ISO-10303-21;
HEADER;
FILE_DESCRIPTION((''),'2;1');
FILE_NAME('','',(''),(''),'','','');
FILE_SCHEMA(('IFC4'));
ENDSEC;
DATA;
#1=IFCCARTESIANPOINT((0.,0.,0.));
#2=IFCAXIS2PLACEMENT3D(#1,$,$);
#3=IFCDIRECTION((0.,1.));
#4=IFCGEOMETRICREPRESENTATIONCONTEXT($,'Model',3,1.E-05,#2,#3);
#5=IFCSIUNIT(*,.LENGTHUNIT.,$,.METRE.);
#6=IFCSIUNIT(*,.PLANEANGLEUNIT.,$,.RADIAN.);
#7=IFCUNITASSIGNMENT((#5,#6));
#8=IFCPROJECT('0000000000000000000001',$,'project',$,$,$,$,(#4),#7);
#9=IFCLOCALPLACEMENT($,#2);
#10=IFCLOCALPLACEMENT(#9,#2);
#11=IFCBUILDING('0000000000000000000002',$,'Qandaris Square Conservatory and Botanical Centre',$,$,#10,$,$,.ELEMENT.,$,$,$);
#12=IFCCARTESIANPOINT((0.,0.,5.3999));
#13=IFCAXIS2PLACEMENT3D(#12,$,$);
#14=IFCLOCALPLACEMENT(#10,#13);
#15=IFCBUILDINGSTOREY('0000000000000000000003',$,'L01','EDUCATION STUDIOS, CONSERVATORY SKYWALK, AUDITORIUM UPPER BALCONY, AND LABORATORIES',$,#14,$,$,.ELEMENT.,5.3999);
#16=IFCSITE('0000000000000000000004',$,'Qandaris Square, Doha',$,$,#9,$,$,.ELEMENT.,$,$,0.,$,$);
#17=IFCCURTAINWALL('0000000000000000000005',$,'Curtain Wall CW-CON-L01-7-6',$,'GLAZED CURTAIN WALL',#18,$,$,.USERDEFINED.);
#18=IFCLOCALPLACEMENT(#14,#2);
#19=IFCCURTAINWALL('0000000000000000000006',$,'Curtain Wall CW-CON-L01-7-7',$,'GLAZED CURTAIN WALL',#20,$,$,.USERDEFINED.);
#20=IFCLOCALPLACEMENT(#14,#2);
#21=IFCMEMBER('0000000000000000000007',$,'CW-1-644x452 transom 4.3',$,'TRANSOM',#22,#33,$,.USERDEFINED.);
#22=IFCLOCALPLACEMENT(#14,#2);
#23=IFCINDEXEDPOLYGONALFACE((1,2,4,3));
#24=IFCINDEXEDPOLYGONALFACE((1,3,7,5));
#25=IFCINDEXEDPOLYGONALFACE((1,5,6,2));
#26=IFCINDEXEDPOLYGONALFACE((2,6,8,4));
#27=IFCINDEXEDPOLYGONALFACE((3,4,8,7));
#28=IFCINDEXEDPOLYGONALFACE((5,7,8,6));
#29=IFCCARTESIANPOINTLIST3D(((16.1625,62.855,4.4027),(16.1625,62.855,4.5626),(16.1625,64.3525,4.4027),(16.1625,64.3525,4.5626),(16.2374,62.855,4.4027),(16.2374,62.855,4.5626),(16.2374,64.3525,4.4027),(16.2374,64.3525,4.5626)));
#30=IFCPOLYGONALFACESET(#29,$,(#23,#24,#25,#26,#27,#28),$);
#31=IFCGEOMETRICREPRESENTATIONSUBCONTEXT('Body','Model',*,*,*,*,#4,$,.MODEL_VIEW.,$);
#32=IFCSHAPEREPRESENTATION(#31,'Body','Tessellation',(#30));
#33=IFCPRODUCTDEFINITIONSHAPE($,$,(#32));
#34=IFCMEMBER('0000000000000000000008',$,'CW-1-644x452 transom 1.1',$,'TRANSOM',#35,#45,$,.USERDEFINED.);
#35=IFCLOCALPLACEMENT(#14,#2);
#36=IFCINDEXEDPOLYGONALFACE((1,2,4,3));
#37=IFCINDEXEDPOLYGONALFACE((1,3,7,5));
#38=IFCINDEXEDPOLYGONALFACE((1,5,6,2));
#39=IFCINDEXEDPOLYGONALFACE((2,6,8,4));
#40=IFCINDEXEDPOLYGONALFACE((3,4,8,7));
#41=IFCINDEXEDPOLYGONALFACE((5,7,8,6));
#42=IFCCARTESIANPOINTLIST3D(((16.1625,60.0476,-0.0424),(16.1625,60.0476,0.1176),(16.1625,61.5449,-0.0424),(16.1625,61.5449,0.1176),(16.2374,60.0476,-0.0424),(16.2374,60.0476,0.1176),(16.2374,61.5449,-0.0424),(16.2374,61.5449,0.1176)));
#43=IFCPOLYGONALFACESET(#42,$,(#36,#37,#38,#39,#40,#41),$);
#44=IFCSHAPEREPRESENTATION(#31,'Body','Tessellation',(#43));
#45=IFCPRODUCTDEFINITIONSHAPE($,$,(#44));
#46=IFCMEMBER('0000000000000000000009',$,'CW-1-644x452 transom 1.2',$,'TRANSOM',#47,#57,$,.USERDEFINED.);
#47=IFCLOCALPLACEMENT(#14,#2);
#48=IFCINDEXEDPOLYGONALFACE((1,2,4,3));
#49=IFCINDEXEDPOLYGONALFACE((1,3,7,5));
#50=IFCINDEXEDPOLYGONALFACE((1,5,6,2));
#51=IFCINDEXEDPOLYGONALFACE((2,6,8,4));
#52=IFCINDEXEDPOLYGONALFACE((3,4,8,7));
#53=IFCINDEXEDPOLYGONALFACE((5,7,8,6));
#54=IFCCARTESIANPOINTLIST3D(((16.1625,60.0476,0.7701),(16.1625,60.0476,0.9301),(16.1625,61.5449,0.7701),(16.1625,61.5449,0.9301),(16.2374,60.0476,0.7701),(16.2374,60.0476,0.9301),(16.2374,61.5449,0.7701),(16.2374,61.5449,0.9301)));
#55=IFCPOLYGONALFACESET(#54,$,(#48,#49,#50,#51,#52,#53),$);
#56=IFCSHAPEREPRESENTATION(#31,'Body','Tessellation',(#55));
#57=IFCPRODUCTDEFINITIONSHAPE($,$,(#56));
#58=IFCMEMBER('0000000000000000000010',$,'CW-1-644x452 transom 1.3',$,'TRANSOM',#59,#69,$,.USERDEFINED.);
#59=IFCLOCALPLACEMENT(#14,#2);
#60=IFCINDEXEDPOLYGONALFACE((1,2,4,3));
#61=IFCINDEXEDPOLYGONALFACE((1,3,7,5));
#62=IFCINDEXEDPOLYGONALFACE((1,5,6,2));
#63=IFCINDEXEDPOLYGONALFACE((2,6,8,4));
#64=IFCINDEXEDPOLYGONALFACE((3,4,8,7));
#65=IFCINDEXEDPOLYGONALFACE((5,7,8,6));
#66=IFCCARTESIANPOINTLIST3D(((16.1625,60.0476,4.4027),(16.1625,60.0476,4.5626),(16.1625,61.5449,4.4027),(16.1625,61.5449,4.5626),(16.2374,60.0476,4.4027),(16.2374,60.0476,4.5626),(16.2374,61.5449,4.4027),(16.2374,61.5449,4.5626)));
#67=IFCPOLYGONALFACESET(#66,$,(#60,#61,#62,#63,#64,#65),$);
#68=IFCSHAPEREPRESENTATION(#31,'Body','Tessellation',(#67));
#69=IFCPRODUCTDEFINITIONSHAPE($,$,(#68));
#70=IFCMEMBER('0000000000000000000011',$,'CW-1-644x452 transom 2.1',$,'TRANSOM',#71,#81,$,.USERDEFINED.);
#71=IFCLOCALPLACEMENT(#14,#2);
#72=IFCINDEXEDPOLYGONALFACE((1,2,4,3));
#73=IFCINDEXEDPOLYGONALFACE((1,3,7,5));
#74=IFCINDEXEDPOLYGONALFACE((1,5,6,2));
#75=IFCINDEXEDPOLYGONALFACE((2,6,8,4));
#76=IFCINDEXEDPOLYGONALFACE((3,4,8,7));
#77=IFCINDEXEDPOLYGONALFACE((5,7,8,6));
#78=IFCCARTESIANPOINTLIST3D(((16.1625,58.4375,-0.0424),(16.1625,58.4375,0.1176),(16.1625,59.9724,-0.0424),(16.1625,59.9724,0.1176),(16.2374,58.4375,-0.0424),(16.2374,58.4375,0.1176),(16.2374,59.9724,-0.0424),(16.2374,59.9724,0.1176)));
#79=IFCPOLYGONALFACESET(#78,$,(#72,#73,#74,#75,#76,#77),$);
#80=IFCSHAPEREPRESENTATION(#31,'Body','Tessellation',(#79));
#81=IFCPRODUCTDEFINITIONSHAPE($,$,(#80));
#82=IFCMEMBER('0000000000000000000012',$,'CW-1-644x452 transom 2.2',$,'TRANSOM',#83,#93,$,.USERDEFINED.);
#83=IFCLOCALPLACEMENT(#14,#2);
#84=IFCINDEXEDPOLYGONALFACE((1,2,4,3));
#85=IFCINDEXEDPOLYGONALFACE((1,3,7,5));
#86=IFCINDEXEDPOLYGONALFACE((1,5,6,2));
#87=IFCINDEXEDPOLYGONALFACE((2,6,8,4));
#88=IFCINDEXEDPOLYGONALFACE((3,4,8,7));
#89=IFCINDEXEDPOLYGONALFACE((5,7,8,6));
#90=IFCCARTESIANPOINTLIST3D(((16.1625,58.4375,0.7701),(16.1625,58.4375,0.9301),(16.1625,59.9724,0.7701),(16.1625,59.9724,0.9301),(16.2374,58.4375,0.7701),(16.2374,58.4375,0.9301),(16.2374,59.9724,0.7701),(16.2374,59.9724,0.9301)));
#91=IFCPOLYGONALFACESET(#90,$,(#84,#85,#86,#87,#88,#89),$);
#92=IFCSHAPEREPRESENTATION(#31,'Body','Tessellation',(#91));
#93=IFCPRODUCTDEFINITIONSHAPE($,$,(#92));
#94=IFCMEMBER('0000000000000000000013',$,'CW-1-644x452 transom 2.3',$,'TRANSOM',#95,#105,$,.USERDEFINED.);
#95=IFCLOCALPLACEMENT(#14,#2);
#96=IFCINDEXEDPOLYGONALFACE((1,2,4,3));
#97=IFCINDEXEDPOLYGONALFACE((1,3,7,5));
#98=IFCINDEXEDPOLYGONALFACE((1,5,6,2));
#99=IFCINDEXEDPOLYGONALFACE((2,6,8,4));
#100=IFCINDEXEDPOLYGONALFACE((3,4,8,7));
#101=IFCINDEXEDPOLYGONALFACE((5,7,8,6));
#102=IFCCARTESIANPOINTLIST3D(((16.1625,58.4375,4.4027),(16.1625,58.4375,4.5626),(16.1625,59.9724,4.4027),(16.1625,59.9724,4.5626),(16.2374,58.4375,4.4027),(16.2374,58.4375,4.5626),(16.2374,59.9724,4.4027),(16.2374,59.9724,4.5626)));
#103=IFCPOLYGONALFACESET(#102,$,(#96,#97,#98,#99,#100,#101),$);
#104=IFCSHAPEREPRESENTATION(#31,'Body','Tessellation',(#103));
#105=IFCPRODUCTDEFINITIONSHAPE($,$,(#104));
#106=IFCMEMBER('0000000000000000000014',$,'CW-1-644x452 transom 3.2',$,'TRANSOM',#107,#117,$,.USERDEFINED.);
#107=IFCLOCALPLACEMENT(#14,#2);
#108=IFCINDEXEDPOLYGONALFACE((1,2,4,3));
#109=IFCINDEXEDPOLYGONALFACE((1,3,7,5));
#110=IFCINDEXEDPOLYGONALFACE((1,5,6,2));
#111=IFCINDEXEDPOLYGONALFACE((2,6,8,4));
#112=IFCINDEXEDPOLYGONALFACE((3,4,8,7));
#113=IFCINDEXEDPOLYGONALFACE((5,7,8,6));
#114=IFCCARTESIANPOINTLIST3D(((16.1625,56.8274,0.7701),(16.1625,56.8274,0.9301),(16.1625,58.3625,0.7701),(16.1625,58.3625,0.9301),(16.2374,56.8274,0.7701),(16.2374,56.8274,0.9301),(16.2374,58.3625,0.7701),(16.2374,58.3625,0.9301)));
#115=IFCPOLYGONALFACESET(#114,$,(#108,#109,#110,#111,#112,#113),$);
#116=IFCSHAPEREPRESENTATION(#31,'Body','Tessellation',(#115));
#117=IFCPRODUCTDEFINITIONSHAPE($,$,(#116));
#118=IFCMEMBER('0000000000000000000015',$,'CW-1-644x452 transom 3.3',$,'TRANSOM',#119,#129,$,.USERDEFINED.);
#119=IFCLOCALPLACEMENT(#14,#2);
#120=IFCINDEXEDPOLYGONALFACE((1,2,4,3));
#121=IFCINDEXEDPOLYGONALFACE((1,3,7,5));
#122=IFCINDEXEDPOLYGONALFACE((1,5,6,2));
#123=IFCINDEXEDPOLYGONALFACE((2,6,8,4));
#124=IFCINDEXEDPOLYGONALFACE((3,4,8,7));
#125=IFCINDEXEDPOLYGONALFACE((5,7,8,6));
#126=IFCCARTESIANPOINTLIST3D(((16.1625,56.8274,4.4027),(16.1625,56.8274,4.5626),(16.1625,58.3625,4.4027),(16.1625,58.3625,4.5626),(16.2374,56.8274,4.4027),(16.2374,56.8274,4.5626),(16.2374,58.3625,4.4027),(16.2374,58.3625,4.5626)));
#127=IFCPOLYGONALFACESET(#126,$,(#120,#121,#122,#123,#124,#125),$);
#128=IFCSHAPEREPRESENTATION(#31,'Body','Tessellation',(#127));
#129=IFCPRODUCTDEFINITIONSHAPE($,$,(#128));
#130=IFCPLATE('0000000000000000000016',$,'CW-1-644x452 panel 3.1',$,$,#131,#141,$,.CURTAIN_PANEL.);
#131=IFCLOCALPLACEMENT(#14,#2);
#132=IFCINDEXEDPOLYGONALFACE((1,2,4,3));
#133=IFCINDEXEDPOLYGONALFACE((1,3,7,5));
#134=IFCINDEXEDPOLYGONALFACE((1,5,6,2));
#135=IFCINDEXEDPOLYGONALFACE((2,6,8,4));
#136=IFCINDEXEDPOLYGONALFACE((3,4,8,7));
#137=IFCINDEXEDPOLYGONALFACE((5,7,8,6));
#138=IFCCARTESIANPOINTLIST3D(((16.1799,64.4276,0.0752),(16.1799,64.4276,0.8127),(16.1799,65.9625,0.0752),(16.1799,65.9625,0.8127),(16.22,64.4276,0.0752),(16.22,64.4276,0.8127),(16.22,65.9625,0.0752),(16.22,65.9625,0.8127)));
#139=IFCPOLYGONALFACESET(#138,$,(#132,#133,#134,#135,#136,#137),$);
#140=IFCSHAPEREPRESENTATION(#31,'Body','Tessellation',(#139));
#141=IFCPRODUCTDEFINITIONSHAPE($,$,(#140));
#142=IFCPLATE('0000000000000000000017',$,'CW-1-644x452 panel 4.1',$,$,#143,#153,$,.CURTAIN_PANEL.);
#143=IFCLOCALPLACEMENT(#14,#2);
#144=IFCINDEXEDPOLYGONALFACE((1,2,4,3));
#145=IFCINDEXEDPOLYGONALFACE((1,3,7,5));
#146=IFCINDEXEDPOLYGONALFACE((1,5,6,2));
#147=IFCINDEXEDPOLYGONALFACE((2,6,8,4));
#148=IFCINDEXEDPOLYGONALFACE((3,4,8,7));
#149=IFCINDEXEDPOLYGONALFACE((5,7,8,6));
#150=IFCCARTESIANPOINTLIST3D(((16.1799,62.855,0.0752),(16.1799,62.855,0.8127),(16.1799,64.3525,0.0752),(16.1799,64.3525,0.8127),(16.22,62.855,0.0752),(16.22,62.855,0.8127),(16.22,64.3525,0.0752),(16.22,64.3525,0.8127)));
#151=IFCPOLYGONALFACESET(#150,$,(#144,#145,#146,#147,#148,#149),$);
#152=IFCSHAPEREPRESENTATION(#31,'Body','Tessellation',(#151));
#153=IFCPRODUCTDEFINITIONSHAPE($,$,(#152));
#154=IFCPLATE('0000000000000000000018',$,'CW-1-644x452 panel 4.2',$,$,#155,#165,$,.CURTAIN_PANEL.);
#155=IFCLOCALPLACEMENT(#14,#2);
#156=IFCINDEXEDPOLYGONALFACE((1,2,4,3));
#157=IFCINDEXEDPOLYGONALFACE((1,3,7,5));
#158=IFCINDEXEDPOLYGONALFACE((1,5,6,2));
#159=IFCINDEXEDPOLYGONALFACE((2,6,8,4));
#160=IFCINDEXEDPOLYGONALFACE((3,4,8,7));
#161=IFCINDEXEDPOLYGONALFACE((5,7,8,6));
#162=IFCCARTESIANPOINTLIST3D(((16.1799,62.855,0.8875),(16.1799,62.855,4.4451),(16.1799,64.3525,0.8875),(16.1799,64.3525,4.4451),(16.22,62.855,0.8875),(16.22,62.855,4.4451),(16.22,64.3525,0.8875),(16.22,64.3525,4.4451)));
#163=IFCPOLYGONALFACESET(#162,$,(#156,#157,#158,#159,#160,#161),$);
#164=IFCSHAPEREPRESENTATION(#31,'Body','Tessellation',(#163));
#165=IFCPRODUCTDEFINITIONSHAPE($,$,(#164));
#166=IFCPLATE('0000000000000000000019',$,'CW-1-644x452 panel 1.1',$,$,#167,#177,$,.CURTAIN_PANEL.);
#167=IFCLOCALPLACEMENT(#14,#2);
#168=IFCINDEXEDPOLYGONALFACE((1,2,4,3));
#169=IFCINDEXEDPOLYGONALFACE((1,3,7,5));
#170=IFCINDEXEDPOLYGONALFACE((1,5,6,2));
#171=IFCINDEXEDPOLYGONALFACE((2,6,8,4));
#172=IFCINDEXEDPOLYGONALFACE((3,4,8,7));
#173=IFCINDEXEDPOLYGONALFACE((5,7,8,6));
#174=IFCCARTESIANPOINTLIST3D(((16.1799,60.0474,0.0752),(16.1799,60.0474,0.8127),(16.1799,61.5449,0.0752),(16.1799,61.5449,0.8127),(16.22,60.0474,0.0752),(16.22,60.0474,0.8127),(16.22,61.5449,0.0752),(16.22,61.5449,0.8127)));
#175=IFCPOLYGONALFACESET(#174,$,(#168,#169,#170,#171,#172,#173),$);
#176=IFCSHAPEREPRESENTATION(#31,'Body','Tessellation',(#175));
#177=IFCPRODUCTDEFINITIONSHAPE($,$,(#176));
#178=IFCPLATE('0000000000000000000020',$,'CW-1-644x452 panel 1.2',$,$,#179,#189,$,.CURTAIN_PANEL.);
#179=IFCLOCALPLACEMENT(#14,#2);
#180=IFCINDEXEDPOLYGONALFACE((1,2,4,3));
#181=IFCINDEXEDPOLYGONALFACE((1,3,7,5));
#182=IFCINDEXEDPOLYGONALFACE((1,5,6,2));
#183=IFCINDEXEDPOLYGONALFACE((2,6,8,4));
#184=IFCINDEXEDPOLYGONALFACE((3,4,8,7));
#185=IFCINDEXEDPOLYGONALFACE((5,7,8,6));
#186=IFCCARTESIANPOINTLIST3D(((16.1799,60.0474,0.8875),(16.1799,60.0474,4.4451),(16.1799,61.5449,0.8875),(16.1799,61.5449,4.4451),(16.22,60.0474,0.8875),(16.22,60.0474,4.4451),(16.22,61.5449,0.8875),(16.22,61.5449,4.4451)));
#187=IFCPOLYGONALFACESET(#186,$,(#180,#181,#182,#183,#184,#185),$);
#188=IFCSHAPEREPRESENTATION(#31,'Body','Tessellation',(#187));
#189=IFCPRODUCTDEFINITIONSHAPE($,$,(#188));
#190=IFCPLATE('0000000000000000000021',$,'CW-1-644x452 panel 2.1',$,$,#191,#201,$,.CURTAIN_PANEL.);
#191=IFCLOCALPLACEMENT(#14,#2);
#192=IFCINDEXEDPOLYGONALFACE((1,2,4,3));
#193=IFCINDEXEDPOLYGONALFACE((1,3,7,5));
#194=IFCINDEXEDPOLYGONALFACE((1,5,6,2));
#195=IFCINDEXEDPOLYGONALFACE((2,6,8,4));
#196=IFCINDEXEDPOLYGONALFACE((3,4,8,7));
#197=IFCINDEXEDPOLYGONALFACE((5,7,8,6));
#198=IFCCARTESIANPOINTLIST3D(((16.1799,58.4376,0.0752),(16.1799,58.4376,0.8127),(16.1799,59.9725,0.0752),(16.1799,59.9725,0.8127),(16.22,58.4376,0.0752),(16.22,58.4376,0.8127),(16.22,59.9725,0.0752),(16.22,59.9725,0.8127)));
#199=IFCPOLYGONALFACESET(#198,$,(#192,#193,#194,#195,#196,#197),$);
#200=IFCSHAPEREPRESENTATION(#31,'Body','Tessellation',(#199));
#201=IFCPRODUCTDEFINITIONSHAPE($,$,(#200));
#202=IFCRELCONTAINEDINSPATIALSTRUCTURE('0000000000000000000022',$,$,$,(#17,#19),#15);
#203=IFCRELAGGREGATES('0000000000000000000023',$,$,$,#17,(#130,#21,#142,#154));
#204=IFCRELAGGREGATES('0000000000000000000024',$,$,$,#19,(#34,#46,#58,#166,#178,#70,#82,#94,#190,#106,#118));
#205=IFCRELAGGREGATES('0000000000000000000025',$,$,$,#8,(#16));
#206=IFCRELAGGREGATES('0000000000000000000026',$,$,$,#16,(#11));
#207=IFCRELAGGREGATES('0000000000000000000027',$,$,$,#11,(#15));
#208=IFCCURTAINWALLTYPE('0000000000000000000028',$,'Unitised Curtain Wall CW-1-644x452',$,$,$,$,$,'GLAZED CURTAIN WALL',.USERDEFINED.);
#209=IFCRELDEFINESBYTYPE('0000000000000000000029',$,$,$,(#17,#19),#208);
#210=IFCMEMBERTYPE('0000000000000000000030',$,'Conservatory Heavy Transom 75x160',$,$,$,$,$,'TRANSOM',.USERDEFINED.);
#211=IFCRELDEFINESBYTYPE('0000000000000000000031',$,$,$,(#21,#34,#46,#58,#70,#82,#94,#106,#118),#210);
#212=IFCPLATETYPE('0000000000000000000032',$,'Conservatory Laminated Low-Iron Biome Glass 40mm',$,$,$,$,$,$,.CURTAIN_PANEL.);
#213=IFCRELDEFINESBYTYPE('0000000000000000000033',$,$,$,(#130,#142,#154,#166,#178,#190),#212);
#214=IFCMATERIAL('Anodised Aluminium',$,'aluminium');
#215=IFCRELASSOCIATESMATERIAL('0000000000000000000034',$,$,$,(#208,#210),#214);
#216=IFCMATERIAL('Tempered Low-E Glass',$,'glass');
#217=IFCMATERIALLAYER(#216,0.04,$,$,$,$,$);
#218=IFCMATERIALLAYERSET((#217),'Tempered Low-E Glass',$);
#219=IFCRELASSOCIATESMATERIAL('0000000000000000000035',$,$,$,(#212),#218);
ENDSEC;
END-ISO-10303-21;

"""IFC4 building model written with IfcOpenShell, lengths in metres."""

from ifc_helpers import new_model, si_unit, direction, frame, origin, origin_2d, place, context, subcontext, project, spatial, rectangle, extrude, material, layer, layer_set, material_profile, profile_set, type_object, element, aggregate, save


model = new_model("IFC4")

# Units and contexts
model_context = context("Model", 3, precision=1e-05, world=origin(), true_north=direction((0.0, 1.0)))
body_context = subcontext(model_context, "Body", "Model", "MODEL_VIEW")
ifc_project = project(units=[si_unit("LENGTHUNIT", "METRE"), si_unit("PLANEANGLEUNIT", "RADIAN")], contexts=[model_context])

# Site, building, storey
site_placement = place(None, origin())
site = spatial("IfcSite", under=ifc_project, at=site_placement, Name="Qandaris Square, Doha", CompositionType="ELEMENT", RefElevation=0.0)
building_placement = place(site_placement, origin())
building = spatial("IfcBuilding", under=site, at=building_placement, Name="Qandaris Square Conservatory and Botanical Centre", CompositionType="ELEMENT")
storey_placement = place(building_placement, frame((0.0, 0.0, 5.3999)))
storey = spatial("IfcBuildingStorey", under=building, at=storey_placement, Name="L01", Description="EDUCATION STUDIOS, CONSERVATORY SKYWALK, AUDITORIUM UPPER BALCONY, AND LABORATORIES", CompositionType="ELEMENT", Elevation=5.3999)

# Curtain walls
ifc_material_1 = material(Name="Anodised Aluminium", Category="aluminium")
curtain_wall_type = type_object("IfcCurtainWallType", Name="Unitised Curtain Wall CW-1-644x452", ElementType="GLAZED CURTAIN WALL", PredefinedType="USERDEFINED", material=ifc_material_1)
curtain_wall_1_placement = place(storey_placement, origin())
curtain_wall_1 = element("IfcCurtainWall", 1, at=curtain_wall_1_placement, inside=storey, type_object=curtain_wall_type, Name="Curtain Wall CW-CON-L01-7-6", ObjectType="GLAZED CURTAIN WALL", PredefinedType="USERDEFINED")
curtain_wall_2_placement = place(storey_placement, origin())
curtain_wall_2 = element("IfcCurtainWall", 2, at=curtain_wall_2_placement, inside=storey, type_object=curtain_wall_type, Name="Curtain Wall CW-CON-L01-7-7", ObjectType="GLAZED CURTAIN WALL", PredefinedType="USERDEFINED")

# Members
ifc_material_profile_1 = material_profile(ifc_material_1, rectangle(XDim=0.075, YDim=0.1599, at=origin_2d()), Name="ALU-TRN 75x160")
ifc_profile_set_1 = profile_set([ifc_material_profile_1], Name="Anodised Aluminium")
member_type_1 = type_object("IfcMemberType", Name="Conservatory Heavy Transom 75x160", ElementType="TRANSOM", PredefinedType="USERDEFINED", material=ifc_profile_set_1)
member_1_placement = place(storey_placement, frame((16.2, 64.3525, 4.4827), z_axis=(0.0, -1.0, 0.0), x_axis=(1.0, 0.0, 0.0)))
member_1 = element("IfcMember", 3, at=member_1_placement, type_object=member_type_1, Name="CW-1-644x452 transom 4.3", ObjectType="TRANSOM", PredefinedType="USERDEFINED", context=body_context, shape_type="SweptSolid", body=[
    extrude(rectangle(XDim=0.075, YDim=0.1599, at=origin_2d()), origin(), (0.0, 0.0, 1.0), 1.4976),
])
member_2_placement = place(storey_placement, frame((16.2, 61.5449, 0.0376), z_axis=(0.0, -1.0, 0.0), x_axis=(1.0, 0.0, 0.0)))
member_2 = element("IfcMember", 4, at=member_2_placement, type_object=member_type_1, Name="CW-1-644x452 transom 1.1", ObjectType="TRANSOM", PredefinedType="USERDEFINED", context=body_context, shape_type="SweptSolid", body=[
    extrude(rectangle(XDim=0.075, YDim=0.1599, at=origin_2d()), origin(), (0.0, 0.0, 1.0), 1.4973),
])
member_3_placement = place(storey_placement, frame((16.2, 61.5449, 0.8501), z_axis=(0.0, -1.0, 0.0), x_axis=(1.0, 0.0, 0.0)))
member_3 = element("IfcMember", 5, at=member_3_placement, type_object=member_type_1, Name="CW-1-644x452 transom 1.2", ObjectType="TRANSOM", PredefinedType="USERDEFINED", context=body_context, shape_type="SweptSolid", body=[
    extrude(rectangle(XDim=0.075, YDim=0.1599, at=origin_2d()), origin(), (0.0, 0.0, 1.0), 1.4973),
])
member_4_placement = place(storey_placement, frame((16.2, 61.5449, 4.4827), z_axis=(0.0, -1.0, 0.0), x_axis=(1.0, 0.0, 0.0)))
member_4 = element("IfcMember", 6, at=member_4_placement, type_object=member_type_1, Name="CW-1-644x452 transom 1.3", ObjectType="TRANSOM", PredefinedType="USERDEFINED", context=body_context, shape_type="SweptSolid", body=[
    extrude(rectangle(XDim=0.075, YDim=0.1599, at=origin_2d()), origin(), (0.0, 0.0, 1.0), 1.4973),
])
member_5_placement = place(storey_placement, frame((16.2, 59.9724, 0.0376), z_axis=(0.0, -1.0, 0.0), x_axis=(1.0, 0.0, 0.0)))
member_5 = element("IfcMember", 7, at=member_5_placement, type_object=member_type_1, Name="CW-1-644x452 transom 2.1", ObjectType="TRANSOM", PredefinedType="USERDEFINED", context=body_context, shape_type="SweptSolid", body=[
    extrude(rectangle(XDim=0.075, YDim=0.1599, at=origin_2d()), origin(), (0.0, 0.0, 1.0), 1.5349),
])
member_6_placement = place(storey_placement, frame((16.2, 59.9724, 0.8501), z_axis=(0.0, -1.0, 0.0), x_axis=(1.0, 0.0, 0.0)))
member_6 = element("IfcMember", 8, at=member_6_placement, type_object=member_type_1, Name="CW-1-644x452 transom 2.2", ObjectType="TRANSOM", PredefinedType="USERDEFINED", context=body_context, shape_type="SweptSolid", body=[
    extrude(rectangle(XDim=0.075, YDim=0.1599, at=origin_2d()), origin(), (0.0, 0.0, 1.0), 1.5349),
])
member_7_placement = place(storey_placement, frame((16.2, 59.9724, 4.4827), z_axis=(0.0, -1.0, 0.0), x_axis=(1.0, 0.0, 0.0)))
member_7 = element("IfcMember", 9, at=member_7_placement, type_object=member_type_1, Name="CW-1-644x452 transom 2.3", ObjectType="TRANSOM", PredefinedType="USERDEFINED", context=body_context, shape_type="SweptSolid", body=[
    extrude(rectangle(XDim=0.075, YDim=0.1599, at=origin_2d()), origin(), (0.0, 0.0, 1.0), 1.5349),
])
member_8_placement = place(storey_placement, frame((16.2, 58.3625, 0.8501), z_axis=(0.0, -1.0, 0.0), x_axis=(1.0, 0.0, 0.0)))
member_8 = element("IfcMember", 10, at=member_8_placement, type_object=member_type_1, Name="CW-1-644x452 transom 3.2", ObjectType="TRANSOM", PredefinedType="USERDEFINED", context=body_context, shape_type="SweptSolid", body=[
    extrude(rectangle(XDim=0.075, YDim=0.1599, at=origin_2d()), origin(), (0.0, 0.0, 1.0), 1.5352),
])
member_9_placement = place(storey_placement, frame((16.2, 58.3625, 4.4827), z_axis=(0.0, -1.0, 0.0), x_axis=(1.0, 0.0, 0.0)))
member_9 = element("IfcMember", 11, at=member_9_placement, type_object=member_type_1, Name="CW-1-644x452 transom 3.3", ObjectType="TRANSOM", PredefinedType="USERDEFINED", context=body_context, shape_type="SweptSolid", body=[
    extrude(rectangle(XDim=0.075, YDim=0.1599, at=origin_2d()), origin(), (0.0, 0.0, 1.0), 1.5352),
])

# Plates
ifc_material_2 = material(Name="Tempered Low-E Glass", Category="glass")
ifc_layer_1 = layer(ifc_material_2, 0.04)
ifc_layer_set_1 = layer_set([ifc_layer_1], Name="Tempered Low-E Glass")
plate_type_1 = type_object("IfcPlateType", Name="Conservatory Laminated Low-Iron Biome Glass 40mm", PredefinedType="CURTAIN_PANEL", material=ifc_layer_set_1)
plate_1_placement = place(storey_placement, frame((16.2, 65.1951, 0.0752), z_axis=(0.0, 0.0, 1.0), x_axis=(0.0, -1.0, 0.0)))
plate_1 = element("IfcPlate", 12, at=plate_1_placement, type_object=plate_type_1, Name="CW-1-644x452 panel 3.1", PredefinedType="CURTAIN_PANEL", context=body_context, shape_type="SweptSolid", body=[
    extrude(rectangle(XDim=1.5349, YDim=0.04, at=origin_2d()), origin(), (0.0, 0.0, 1.0), 0.7375),
])
plate_2_placement = place(storey_placement, frame((16.2, 63.6038, 0.0752), z_axis=(0.0, 0.0, 1.0), x_axis=(0.0, -1.0, 0.0)))
plate_2 = element("IfcPlate", 13, at=plate_2_placement, type_object=plate_type_1, Name="CW-1-644x452 panel 4.1", PredefinedType="CURTAIN_PANEL", context=body_context, shape_type="SweptSolid", body=[
    extrude(rectangle(XDim=1.4976, YDim=0.04, at=origin_2d()), origin(), (0.0, 0.0, 1.0), 0.7375),
])
plate_3_placement = place(storey_placement, frame((16.2, 63.6038, 0.8875), z_axis=(0.0, 0.0, 1.0), x_axis=(0.0, -1.0, 0.0)))
plate_3 = element("IfcPlate", 14, at=plate_3_placement, type_object=plate_type_1, Name="CW-1-644x452 panel 4.2", PredefinedType="CURTAIN_PANEL", context=body_context, shape_type="SweptSolid", body=[
    extrude(rectangle(XDim=1.4976, YDim=0.04, at=origin_2d()), origin(), (0.0, 0.0, 1.0), 3.5576),
])
aggregate(curtain_wall_1, [plate_1, member_1, plate_2, plate_3])
plate_4_placement = place(storey_placement, frame((16.2, 60.7961, 0.0752), z_axis=(0.0, 0.0, 1.0), x_axis=(0.0, -1.0, 0.0)))
plate_4 = element("IfcPlate", 15, at=plate_4_placement, type_object=plate_type_1, Name="CW-1-644x452 panel 1.1", PredefinedType="CURTAIN_PANEL", context=body_context, shape_type="SweptSolid", body=[
    extrude(rectangle(XDim=1.4976, YDim=0.04, at=origin_2d()), origin(), (0.0, 0.0, 1.0), 0.7375),
])
plate_5_placement = place(storey_placement, frame((16.2, 60.7961, 0.8875), z_axis=(0.0, 0.0, 1.0), x_axis=(0.0, -1.0, 0.0)))
plate_5 = element("IfcPlate", 16, at=plate_5_placement, type_object=plate_type_1, Name="CW-1-644x452 panel 1.2", PredefinedType="CURTAIN_PANEL", context=body_context, shape_type="SweptSolid", body=[
    extrude(rectangle(XDim=1.4976, YDim=0.04, at=origin_2d()), origin(), (0.0, 0.0, 1.0), 3.5576),
])
plate_6_placement = place(storey_placement, frame((16.2, 59.2051, 0.0752), z_axis=(0.0, 0.0, 1.0), x_axis=(0.0, -1.0, 0.0)))
plate_6 = element("IfcPlate", 17, at=plate_6_placement, type_object=plate_type_1, Name="CW-1-644x452 panel 2.1", PredefinedType="CURTAIN_PANEL", context=body_context, shape_type="SweptSolid", body=[
    extrude(rectangle(XDim=1.5349, YDim=0.04, at=origin_2d()), origin(), (0.0, 0.0, 1.0), 0.7375),
])
aggregate(curtain_wall_2, [member_2, member_3, member_4, plate_4, plate_5, member_5, member_6, member_7, plate_6, member_8, member_9])

save(model, "model.ifc")
